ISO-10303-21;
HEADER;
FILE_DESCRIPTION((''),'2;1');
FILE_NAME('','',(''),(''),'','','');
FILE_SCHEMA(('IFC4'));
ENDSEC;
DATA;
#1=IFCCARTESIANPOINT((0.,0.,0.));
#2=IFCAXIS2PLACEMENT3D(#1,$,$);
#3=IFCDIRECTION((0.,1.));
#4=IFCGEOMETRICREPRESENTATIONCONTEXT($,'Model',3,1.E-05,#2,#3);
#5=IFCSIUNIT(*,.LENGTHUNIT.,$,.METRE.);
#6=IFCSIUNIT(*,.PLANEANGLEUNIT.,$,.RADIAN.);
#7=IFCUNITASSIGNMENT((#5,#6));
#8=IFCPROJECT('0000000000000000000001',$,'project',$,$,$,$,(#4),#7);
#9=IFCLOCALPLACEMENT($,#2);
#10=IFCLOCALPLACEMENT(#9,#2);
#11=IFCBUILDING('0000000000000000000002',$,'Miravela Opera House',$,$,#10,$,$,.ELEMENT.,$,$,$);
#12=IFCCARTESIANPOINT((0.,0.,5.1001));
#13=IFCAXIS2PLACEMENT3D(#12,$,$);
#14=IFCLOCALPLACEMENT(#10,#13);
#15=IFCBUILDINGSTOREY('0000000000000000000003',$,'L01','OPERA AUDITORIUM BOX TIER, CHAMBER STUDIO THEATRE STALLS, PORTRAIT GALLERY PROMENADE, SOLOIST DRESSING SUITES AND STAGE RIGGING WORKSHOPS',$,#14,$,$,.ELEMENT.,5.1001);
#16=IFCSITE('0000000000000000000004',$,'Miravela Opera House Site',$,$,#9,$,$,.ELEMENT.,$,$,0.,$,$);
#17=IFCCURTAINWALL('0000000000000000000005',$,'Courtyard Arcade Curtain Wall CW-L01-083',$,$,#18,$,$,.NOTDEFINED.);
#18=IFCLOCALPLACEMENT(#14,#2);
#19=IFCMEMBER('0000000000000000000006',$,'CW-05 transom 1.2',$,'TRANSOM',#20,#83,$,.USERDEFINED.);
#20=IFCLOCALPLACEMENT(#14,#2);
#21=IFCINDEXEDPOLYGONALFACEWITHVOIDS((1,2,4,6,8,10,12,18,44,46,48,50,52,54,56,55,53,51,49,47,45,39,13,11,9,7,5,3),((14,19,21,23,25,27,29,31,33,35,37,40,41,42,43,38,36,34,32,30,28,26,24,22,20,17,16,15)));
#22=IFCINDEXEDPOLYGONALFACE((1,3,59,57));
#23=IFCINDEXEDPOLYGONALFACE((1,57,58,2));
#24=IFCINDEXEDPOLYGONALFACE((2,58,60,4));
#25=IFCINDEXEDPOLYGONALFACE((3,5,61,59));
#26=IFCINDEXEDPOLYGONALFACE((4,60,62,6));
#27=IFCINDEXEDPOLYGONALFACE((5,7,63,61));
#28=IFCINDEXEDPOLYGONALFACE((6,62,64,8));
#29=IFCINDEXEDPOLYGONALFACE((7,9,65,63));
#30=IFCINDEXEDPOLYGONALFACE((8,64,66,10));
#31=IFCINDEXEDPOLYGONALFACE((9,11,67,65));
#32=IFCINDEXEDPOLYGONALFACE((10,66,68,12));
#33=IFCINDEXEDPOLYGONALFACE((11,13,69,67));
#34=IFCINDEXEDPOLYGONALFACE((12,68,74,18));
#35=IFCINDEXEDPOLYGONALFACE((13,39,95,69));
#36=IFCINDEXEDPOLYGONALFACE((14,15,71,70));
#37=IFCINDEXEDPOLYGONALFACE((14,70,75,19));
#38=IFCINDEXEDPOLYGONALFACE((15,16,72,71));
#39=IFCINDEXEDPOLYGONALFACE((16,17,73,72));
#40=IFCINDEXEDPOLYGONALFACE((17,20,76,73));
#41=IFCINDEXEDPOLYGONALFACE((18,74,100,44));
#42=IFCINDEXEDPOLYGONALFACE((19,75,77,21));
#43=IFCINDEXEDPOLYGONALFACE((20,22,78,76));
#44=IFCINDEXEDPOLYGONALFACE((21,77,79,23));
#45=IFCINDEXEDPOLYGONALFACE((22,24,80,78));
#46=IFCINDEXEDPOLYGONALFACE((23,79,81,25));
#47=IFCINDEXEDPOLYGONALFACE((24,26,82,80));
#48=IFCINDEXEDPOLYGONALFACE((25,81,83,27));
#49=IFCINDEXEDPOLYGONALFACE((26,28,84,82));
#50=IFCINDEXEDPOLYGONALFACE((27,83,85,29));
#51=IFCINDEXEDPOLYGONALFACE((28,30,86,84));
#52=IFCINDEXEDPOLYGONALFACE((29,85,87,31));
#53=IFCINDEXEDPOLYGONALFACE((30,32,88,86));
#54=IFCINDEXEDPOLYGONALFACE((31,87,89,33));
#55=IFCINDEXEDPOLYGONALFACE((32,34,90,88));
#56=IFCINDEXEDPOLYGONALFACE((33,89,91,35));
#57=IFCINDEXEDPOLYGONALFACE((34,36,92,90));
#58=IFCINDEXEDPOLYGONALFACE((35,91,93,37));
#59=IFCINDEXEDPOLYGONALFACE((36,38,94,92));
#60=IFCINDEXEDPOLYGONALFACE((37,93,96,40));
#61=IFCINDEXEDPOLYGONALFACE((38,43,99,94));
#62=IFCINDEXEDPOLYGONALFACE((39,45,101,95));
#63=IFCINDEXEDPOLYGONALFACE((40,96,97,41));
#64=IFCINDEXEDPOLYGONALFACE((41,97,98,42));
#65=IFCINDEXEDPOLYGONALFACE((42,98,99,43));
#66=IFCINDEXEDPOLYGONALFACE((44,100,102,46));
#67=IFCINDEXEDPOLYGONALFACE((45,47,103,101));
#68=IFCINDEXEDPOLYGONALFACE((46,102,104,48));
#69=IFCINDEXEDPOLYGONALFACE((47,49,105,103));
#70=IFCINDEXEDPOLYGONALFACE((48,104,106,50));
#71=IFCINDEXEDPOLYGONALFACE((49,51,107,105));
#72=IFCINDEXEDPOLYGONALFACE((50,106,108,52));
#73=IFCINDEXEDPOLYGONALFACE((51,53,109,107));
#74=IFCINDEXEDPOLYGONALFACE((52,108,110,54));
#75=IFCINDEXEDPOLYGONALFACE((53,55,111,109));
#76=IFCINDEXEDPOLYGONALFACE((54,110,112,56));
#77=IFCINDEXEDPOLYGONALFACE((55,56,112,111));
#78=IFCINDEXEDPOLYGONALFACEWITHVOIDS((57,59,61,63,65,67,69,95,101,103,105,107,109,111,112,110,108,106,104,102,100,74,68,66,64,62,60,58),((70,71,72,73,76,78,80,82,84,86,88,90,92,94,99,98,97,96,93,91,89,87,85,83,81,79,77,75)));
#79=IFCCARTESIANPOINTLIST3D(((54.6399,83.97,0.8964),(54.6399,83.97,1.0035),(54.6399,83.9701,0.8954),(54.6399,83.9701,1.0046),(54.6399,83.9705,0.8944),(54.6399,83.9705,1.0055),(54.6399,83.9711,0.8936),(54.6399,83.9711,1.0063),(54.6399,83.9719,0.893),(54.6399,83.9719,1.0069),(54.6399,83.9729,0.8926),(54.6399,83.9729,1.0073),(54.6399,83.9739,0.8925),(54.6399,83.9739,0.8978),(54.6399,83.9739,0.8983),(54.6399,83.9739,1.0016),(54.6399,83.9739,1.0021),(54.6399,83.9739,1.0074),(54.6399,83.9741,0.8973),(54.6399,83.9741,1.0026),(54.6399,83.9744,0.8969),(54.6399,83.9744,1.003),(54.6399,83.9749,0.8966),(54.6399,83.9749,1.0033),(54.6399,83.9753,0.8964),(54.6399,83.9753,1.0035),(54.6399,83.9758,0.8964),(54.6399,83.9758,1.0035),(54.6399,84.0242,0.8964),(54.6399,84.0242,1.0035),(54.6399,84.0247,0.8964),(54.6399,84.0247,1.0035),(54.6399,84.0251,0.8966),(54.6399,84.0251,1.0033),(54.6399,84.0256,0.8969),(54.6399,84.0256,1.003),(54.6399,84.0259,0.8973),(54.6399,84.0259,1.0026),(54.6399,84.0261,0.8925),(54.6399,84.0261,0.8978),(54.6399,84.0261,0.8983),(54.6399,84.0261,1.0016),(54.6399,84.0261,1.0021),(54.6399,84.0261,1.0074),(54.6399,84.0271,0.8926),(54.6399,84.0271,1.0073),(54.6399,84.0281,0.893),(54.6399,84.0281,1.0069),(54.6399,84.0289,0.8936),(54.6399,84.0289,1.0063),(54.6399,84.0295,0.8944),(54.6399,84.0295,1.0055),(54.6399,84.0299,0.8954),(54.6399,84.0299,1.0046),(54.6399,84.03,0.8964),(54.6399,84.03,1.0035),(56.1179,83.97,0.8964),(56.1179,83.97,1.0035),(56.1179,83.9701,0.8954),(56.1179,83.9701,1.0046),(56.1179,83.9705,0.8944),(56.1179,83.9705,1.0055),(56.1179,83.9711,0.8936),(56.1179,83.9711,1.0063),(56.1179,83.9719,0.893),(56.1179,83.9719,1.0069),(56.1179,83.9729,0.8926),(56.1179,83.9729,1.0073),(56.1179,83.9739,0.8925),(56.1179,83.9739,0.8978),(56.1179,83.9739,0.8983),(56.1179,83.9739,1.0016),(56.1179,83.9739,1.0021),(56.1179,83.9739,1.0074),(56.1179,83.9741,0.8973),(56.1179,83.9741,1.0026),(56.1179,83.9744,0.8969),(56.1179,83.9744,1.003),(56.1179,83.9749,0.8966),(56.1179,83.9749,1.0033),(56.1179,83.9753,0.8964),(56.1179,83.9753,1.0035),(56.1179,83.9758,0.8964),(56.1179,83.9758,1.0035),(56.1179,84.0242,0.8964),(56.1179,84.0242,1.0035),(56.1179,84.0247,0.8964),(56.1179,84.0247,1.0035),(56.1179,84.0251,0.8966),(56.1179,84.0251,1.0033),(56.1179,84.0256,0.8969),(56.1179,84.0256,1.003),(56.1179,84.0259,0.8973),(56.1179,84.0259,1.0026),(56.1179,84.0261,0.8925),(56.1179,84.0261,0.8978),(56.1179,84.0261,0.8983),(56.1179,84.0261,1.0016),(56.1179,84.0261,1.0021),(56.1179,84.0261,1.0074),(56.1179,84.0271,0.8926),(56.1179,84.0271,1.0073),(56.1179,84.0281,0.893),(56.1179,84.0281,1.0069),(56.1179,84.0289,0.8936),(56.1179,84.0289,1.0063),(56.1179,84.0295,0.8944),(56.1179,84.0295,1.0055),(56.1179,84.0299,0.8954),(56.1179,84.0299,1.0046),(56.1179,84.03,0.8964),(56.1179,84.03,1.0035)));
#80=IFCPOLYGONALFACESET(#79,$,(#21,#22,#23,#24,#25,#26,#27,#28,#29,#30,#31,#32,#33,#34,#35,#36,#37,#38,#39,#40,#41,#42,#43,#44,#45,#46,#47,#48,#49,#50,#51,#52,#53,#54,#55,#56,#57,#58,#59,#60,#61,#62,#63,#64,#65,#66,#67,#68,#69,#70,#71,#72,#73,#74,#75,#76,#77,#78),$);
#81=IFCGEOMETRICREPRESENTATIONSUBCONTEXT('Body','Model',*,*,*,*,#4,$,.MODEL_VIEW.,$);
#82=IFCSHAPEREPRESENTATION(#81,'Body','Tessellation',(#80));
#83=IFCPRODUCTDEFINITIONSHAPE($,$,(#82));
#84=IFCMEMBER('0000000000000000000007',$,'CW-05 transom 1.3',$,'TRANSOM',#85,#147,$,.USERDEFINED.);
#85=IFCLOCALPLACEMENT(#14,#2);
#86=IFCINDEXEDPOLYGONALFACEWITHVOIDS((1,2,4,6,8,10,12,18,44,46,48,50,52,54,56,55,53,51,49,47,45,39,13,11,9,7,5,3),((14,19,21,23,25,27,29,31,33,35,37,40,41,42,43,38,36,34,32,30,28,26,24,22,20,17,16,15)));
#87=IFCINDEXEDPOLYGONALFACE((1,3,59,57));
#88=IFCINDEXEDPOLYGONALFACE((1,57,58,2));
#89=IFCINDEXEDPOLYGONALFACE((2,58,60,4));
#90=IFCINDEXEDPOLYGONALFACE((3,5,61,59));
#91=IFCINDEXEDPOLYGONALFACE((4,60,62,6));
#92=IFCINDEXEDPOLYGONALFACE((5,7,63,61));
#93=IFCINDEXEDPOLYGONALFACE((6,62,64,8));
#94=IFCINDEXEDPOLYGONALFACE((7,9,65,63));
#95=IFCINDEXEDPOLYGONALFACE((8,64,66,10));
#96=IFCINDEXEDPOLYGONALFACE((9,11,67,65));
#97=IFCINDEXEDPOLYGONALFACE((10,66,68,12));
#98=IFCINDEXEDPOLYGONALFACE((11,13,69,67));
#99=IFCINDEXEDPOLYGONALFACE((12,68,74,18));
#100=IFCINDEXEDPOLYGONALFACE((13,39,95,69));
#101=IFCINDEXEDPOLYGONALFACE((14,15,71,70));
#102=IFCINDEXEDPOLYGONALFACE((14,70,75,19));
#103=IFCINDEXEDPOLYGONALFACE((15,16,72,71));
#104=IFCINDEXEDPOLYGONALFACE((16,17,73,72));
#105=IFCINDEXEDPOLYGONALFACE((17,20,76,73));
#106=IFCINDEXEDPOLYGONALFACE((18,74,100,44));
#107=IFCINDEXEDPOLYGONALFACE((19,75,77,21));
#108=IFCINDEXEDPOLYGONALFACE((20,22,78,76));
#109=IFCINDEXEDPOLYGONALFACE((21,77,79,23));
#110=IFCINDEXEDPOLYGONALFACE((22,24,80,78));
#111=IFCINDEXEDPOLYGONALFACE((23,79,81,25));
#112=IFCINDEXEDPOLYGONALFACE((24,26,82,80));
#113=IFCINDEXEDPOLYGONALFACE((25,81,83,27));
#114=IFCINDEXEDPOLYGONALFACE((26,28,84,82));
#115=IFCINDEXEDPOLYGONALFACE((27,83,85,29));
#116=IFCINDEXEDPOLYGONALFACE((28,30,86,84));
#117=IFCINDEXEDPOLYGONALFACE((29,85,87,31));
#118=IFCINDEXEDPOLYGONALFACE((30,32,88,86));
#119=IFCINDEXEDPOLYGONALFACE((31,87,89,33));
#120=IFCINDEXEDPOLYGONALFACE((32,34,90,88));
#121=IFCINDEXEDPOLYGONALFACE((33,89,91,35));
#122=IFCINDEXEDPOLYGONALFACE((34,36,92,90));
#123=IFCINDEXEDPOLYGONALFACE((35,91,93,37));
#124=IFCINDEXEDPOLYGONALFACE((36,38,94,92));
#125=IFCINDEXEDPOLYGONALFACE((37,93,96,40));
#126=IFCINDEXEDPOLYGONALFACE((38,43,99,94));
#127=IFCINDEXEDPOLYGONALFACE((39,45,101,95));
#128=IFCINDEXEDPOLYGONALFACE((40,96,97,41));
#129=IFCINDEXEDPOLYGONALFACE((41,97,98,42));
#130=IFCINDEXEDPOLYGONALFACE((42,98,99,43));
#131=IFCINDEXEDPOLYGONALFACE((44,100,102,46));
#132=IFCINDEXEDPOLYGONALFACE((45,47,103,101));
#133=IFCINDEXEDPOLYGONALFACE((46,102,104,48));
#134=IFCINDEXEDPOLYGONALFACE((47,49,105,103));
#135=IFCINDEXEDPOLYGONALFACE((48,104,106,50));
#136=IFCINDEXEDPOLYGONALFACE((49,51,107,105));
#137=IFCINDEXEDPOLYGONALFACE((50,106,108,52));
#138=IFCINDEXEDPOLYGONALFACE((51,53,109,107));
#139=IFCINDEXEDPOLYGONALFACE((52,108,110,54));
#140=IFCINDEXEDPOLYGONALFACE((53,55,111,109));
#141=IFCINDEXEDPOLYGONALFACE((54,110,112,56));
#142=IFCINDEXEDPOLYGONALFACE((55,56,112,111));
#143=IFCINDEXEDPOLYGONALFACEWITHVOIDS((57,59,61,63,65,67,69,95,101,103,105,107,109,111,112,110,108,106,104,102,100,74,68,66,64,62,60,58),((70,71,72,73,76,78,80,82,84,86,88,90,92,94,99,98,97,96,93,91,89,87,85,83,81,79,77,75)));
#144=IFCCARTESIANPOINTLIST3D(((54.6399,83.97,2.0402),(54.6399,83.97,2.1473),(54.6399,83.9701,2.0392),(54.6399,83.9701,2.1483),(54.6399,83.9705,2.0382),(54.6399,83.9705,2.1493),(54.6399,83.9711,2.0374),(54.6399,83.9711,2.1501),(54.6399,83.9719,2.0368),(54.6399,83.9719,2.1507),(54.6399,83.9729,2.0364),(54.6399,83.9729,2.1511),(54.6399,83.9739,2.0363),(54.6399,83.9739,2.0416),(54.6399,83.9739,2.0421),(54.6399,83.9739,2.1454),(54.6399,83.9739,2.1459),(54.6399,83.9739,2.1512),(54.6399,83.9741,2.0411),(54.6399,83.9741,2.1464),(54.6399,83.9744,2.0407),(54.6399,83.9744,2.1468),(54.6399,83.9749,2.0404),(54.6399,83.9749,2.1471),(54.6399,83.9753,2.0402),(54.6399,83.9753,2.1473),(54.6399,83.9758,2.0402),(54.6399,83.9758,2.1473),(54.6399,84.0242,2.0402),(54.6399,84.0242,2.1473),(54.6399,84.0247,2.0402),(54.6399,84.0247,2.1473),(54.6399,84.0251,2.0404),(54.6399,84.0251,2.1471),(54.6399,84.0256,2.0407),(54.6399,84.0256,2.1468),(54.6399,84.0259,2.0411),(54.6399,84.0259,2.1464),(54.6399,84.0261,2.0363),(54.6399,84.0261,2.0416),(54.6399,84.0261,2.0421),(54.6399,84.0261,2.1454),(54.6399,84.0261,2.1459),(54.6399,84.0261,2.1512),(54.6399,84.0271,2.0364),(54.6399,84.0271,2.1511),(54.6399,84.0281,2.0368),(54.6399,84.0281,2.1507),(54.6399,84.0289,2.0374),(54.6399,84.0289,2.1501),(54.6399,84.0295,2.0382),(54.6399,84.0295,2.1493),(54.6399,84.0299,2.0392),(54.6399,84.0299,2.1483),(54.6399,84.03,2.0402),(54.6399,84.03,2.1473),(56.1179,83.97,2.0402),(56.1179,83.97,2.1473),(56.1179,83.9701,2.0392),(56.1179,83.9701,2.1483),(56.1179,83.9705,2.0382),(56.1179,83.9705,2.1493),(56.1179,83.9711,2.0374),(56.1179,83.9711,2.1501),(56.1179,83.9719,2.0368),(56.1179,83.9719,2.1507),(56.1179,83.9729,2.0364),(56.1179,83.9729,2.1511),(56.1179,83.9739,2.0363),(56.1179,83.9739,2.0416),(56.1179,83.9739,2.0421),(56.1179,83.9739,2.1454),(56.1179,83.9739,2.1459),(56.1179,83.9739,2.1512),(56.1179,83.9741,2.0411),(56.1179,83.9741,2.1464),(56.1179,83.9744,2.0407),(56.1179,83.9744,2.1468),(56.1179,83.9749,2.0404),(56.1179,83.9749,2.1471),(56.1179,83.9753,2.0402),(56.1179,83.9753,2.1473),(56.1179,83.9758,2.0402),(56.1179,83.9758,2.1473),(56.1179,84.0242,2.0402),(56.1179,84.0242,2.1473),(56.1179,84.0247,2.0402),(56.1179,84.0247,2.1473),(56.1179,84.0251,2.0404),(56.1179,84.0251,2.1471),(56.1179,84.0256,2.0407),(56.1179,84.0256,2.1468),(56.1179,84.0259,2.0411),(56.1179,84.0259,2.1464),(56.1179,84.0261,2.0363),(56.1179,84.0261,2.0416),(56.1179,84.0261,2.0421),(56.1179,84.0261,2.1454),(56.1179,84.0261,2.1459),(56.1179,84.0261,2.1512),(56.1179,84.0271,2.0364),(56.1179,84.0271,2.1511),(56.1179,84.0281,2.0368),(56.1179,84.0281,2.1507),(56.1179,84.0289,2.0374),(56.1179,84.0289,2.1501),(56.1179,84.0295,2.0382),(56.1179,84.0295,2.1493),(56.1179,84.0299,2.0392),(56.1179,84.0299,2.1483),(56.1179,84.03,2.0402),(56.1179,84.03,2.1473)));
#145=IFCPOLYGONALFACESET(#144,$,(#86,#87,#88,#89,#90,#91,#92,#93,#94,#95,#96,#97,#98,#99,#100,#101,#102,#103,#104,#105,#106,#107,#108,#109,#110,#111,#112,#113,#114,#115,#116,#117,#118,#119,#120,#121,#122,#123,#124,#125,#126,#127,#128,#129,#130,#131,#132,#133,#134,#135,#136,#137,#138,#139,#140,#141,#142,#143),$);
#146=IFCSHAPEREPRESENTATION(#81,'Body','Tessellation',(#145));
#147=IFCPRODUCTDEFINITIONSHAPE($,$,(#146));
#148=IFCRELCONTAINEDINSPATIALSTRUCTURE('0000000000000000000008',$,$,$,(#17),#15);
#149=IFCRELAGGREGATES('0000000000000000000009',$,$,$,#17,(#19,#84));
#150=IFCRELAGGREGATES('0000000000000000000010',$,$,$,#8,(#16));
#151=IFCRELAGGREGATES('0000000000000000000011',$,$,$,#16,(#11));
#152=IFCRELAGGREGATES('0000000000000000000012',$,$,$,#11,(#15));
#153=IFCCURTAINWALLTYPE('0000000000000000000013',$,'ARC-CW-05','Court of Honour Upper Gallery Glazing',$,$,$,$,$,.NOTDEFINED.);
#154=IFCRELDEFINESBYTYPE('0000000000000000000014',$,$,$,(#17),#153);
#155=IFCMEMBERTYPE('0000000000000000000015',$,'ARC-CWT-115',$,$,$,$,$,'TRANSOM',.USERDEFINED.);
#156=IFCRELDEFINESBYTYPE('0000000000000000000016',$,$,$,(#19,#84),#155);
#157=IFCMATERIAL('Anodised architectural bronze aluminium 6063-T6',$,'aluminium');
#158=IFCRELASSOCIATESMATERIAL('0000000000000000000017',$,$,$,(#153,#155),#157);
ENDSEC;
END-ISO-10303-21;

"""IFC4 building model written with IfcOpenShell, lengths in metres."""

from ifc_helpers import new_model, si_unit, direction, frame, origin, origin_2d, place, context, subcontext, project, spatial, hollow_rectangle, extrude, material, material_profile, profile_set, type_object, element, aggregate, save


model = new_model("IFC4")

# Units and contexts
model_context = context("Model", 3, precision=1e-05, world=origin(), true_north=direction((0.0, 1.0)))
body_context = subcontext(model_context, "Body", "Model", "MODEL_VIEW")
ifc_project = project(units=[si_unit("LENGTHUNIT", "METRE"), si_unit("PLANEANGLEUNIT", "RADIAN")], contexts=[model_context])

# Site, building, storey
site_placement = place(None, origin())
site = spatial("IfcSite", under=ifc_project, at=site_placement, Name="Miravela Opera House Site", CompositionType="ELEMENT", RefElevation=0.0)
building_placement = place(site_placement, origin())
building = spatial("IfcBuilding", under=site, at=building_placement, Name="Miravela Opera House", CompositionType="ELEMENT")
storey_placement = place(building_placement, frame((0.0, 0.0, 5.1001)))
storey = spatial("IfcBuildingStorey", under=building, at=storey_placement, Name="L01", Description="OPERA AUDITORIUM BOX TIER, CHAMBER STUDIO THEATRE STALLS, PORTRAIT GALLERY PROMENADE, SOLOIST DRESSING SUITES AND STAGE RIGGING WORKSHOPS", CompositionType="ELEMENT", Elevation=5.1001)

# Curtain wall, members
ifc_material_1 = material(Name="Anodised architectural bronze aluminium 6063-T6", Category="aluminium")
curtain_wall_type = type_object("IfcCurtainWallType", Name="ARC-CW-05", Description="Court of Honour Upper Gallery Glazing", PredefinedType="NOTDEFINED", material=ifc_material_1)
curtain_wall_placement = place(storey_placement, origin())
curtain_wall = element("IfcCurtainWall", 1, at=curtain_wall_placement, inside=storey, type_object=curtain_wall_type, Name="Courtyard Arcade Curtain Wall CW-L01-083", PredefinedType="NOTDEFINED")
ifc_material_profile_1 = material_profile(ifc_material_1, hollow_rectangle(XDim=0.0601, YDim=0.115, WallThickness=0.0039, InnerFilletRadius=0.002, OuterFilletRadius=0.0039, at=origin_2d()), Name="CWT-60X115")
ifc_profile_set_1 = profile_set([ifc_material_profile_1])
member_type_1 = type_object("IfcMemberType", Name="ARC-CWT-115", ElementType="TRANSOM", PredefinedType="USERDEFINED", material=ifc_profile_set_1)
member_1_placement = place(storey_placement, frame((54.6399, 84.0, 0.95), z_axis=(1.0, 0.0, 0.0), x_axis=(0.0, 1.0, 0.0)))
member_1 = element("IfcMember", 2, at=member_1_placement, type_object=member_type_1, Name="CW-05 transom 1.2", ObjectType="TRANSOM", PredefinedType="USERDEFINED", context=body_context, shape_type="SweptSolid", body=[
    extrude(hollow_rectangle(XDim=0.0601, YDim=0.115, WallThickness=0.0039, InnerFilletRadius=0.002, OuterFilletRadius=0.0039, at=origin_2d()), origin(), (0.0, 0.0, 1.0), 1.478),
])
member_2_placement = place(storey_placement, frame((54.6399, 84.0, 2.0938), z_axis=(1.0, 0.0, 0.0), x_axis=(0.0, 1.0, 0.0)))
member_2 = element("IfcMember", 3, at=member_2_placement, type_object=member_type_1, Name="CW-05 transom 1.3", ObjectType="TRANSOM", PredefinedType="USERDEFINED", context=body_context, shape_type="SweptSolid", body=[
    extrude(hollow_rectangle(XDim=0.0601, YDim=0.115, WallThickness=0.0039, InnerFilletRadius=0.002, OuterFilletRadius=0.0039, at=origin_2d()), origin(), (0.0, 0.0, 1.0), 1.478),
])
aggregate(curtain_wall, [member_1, member_2])

save(model, "model.ifc")
